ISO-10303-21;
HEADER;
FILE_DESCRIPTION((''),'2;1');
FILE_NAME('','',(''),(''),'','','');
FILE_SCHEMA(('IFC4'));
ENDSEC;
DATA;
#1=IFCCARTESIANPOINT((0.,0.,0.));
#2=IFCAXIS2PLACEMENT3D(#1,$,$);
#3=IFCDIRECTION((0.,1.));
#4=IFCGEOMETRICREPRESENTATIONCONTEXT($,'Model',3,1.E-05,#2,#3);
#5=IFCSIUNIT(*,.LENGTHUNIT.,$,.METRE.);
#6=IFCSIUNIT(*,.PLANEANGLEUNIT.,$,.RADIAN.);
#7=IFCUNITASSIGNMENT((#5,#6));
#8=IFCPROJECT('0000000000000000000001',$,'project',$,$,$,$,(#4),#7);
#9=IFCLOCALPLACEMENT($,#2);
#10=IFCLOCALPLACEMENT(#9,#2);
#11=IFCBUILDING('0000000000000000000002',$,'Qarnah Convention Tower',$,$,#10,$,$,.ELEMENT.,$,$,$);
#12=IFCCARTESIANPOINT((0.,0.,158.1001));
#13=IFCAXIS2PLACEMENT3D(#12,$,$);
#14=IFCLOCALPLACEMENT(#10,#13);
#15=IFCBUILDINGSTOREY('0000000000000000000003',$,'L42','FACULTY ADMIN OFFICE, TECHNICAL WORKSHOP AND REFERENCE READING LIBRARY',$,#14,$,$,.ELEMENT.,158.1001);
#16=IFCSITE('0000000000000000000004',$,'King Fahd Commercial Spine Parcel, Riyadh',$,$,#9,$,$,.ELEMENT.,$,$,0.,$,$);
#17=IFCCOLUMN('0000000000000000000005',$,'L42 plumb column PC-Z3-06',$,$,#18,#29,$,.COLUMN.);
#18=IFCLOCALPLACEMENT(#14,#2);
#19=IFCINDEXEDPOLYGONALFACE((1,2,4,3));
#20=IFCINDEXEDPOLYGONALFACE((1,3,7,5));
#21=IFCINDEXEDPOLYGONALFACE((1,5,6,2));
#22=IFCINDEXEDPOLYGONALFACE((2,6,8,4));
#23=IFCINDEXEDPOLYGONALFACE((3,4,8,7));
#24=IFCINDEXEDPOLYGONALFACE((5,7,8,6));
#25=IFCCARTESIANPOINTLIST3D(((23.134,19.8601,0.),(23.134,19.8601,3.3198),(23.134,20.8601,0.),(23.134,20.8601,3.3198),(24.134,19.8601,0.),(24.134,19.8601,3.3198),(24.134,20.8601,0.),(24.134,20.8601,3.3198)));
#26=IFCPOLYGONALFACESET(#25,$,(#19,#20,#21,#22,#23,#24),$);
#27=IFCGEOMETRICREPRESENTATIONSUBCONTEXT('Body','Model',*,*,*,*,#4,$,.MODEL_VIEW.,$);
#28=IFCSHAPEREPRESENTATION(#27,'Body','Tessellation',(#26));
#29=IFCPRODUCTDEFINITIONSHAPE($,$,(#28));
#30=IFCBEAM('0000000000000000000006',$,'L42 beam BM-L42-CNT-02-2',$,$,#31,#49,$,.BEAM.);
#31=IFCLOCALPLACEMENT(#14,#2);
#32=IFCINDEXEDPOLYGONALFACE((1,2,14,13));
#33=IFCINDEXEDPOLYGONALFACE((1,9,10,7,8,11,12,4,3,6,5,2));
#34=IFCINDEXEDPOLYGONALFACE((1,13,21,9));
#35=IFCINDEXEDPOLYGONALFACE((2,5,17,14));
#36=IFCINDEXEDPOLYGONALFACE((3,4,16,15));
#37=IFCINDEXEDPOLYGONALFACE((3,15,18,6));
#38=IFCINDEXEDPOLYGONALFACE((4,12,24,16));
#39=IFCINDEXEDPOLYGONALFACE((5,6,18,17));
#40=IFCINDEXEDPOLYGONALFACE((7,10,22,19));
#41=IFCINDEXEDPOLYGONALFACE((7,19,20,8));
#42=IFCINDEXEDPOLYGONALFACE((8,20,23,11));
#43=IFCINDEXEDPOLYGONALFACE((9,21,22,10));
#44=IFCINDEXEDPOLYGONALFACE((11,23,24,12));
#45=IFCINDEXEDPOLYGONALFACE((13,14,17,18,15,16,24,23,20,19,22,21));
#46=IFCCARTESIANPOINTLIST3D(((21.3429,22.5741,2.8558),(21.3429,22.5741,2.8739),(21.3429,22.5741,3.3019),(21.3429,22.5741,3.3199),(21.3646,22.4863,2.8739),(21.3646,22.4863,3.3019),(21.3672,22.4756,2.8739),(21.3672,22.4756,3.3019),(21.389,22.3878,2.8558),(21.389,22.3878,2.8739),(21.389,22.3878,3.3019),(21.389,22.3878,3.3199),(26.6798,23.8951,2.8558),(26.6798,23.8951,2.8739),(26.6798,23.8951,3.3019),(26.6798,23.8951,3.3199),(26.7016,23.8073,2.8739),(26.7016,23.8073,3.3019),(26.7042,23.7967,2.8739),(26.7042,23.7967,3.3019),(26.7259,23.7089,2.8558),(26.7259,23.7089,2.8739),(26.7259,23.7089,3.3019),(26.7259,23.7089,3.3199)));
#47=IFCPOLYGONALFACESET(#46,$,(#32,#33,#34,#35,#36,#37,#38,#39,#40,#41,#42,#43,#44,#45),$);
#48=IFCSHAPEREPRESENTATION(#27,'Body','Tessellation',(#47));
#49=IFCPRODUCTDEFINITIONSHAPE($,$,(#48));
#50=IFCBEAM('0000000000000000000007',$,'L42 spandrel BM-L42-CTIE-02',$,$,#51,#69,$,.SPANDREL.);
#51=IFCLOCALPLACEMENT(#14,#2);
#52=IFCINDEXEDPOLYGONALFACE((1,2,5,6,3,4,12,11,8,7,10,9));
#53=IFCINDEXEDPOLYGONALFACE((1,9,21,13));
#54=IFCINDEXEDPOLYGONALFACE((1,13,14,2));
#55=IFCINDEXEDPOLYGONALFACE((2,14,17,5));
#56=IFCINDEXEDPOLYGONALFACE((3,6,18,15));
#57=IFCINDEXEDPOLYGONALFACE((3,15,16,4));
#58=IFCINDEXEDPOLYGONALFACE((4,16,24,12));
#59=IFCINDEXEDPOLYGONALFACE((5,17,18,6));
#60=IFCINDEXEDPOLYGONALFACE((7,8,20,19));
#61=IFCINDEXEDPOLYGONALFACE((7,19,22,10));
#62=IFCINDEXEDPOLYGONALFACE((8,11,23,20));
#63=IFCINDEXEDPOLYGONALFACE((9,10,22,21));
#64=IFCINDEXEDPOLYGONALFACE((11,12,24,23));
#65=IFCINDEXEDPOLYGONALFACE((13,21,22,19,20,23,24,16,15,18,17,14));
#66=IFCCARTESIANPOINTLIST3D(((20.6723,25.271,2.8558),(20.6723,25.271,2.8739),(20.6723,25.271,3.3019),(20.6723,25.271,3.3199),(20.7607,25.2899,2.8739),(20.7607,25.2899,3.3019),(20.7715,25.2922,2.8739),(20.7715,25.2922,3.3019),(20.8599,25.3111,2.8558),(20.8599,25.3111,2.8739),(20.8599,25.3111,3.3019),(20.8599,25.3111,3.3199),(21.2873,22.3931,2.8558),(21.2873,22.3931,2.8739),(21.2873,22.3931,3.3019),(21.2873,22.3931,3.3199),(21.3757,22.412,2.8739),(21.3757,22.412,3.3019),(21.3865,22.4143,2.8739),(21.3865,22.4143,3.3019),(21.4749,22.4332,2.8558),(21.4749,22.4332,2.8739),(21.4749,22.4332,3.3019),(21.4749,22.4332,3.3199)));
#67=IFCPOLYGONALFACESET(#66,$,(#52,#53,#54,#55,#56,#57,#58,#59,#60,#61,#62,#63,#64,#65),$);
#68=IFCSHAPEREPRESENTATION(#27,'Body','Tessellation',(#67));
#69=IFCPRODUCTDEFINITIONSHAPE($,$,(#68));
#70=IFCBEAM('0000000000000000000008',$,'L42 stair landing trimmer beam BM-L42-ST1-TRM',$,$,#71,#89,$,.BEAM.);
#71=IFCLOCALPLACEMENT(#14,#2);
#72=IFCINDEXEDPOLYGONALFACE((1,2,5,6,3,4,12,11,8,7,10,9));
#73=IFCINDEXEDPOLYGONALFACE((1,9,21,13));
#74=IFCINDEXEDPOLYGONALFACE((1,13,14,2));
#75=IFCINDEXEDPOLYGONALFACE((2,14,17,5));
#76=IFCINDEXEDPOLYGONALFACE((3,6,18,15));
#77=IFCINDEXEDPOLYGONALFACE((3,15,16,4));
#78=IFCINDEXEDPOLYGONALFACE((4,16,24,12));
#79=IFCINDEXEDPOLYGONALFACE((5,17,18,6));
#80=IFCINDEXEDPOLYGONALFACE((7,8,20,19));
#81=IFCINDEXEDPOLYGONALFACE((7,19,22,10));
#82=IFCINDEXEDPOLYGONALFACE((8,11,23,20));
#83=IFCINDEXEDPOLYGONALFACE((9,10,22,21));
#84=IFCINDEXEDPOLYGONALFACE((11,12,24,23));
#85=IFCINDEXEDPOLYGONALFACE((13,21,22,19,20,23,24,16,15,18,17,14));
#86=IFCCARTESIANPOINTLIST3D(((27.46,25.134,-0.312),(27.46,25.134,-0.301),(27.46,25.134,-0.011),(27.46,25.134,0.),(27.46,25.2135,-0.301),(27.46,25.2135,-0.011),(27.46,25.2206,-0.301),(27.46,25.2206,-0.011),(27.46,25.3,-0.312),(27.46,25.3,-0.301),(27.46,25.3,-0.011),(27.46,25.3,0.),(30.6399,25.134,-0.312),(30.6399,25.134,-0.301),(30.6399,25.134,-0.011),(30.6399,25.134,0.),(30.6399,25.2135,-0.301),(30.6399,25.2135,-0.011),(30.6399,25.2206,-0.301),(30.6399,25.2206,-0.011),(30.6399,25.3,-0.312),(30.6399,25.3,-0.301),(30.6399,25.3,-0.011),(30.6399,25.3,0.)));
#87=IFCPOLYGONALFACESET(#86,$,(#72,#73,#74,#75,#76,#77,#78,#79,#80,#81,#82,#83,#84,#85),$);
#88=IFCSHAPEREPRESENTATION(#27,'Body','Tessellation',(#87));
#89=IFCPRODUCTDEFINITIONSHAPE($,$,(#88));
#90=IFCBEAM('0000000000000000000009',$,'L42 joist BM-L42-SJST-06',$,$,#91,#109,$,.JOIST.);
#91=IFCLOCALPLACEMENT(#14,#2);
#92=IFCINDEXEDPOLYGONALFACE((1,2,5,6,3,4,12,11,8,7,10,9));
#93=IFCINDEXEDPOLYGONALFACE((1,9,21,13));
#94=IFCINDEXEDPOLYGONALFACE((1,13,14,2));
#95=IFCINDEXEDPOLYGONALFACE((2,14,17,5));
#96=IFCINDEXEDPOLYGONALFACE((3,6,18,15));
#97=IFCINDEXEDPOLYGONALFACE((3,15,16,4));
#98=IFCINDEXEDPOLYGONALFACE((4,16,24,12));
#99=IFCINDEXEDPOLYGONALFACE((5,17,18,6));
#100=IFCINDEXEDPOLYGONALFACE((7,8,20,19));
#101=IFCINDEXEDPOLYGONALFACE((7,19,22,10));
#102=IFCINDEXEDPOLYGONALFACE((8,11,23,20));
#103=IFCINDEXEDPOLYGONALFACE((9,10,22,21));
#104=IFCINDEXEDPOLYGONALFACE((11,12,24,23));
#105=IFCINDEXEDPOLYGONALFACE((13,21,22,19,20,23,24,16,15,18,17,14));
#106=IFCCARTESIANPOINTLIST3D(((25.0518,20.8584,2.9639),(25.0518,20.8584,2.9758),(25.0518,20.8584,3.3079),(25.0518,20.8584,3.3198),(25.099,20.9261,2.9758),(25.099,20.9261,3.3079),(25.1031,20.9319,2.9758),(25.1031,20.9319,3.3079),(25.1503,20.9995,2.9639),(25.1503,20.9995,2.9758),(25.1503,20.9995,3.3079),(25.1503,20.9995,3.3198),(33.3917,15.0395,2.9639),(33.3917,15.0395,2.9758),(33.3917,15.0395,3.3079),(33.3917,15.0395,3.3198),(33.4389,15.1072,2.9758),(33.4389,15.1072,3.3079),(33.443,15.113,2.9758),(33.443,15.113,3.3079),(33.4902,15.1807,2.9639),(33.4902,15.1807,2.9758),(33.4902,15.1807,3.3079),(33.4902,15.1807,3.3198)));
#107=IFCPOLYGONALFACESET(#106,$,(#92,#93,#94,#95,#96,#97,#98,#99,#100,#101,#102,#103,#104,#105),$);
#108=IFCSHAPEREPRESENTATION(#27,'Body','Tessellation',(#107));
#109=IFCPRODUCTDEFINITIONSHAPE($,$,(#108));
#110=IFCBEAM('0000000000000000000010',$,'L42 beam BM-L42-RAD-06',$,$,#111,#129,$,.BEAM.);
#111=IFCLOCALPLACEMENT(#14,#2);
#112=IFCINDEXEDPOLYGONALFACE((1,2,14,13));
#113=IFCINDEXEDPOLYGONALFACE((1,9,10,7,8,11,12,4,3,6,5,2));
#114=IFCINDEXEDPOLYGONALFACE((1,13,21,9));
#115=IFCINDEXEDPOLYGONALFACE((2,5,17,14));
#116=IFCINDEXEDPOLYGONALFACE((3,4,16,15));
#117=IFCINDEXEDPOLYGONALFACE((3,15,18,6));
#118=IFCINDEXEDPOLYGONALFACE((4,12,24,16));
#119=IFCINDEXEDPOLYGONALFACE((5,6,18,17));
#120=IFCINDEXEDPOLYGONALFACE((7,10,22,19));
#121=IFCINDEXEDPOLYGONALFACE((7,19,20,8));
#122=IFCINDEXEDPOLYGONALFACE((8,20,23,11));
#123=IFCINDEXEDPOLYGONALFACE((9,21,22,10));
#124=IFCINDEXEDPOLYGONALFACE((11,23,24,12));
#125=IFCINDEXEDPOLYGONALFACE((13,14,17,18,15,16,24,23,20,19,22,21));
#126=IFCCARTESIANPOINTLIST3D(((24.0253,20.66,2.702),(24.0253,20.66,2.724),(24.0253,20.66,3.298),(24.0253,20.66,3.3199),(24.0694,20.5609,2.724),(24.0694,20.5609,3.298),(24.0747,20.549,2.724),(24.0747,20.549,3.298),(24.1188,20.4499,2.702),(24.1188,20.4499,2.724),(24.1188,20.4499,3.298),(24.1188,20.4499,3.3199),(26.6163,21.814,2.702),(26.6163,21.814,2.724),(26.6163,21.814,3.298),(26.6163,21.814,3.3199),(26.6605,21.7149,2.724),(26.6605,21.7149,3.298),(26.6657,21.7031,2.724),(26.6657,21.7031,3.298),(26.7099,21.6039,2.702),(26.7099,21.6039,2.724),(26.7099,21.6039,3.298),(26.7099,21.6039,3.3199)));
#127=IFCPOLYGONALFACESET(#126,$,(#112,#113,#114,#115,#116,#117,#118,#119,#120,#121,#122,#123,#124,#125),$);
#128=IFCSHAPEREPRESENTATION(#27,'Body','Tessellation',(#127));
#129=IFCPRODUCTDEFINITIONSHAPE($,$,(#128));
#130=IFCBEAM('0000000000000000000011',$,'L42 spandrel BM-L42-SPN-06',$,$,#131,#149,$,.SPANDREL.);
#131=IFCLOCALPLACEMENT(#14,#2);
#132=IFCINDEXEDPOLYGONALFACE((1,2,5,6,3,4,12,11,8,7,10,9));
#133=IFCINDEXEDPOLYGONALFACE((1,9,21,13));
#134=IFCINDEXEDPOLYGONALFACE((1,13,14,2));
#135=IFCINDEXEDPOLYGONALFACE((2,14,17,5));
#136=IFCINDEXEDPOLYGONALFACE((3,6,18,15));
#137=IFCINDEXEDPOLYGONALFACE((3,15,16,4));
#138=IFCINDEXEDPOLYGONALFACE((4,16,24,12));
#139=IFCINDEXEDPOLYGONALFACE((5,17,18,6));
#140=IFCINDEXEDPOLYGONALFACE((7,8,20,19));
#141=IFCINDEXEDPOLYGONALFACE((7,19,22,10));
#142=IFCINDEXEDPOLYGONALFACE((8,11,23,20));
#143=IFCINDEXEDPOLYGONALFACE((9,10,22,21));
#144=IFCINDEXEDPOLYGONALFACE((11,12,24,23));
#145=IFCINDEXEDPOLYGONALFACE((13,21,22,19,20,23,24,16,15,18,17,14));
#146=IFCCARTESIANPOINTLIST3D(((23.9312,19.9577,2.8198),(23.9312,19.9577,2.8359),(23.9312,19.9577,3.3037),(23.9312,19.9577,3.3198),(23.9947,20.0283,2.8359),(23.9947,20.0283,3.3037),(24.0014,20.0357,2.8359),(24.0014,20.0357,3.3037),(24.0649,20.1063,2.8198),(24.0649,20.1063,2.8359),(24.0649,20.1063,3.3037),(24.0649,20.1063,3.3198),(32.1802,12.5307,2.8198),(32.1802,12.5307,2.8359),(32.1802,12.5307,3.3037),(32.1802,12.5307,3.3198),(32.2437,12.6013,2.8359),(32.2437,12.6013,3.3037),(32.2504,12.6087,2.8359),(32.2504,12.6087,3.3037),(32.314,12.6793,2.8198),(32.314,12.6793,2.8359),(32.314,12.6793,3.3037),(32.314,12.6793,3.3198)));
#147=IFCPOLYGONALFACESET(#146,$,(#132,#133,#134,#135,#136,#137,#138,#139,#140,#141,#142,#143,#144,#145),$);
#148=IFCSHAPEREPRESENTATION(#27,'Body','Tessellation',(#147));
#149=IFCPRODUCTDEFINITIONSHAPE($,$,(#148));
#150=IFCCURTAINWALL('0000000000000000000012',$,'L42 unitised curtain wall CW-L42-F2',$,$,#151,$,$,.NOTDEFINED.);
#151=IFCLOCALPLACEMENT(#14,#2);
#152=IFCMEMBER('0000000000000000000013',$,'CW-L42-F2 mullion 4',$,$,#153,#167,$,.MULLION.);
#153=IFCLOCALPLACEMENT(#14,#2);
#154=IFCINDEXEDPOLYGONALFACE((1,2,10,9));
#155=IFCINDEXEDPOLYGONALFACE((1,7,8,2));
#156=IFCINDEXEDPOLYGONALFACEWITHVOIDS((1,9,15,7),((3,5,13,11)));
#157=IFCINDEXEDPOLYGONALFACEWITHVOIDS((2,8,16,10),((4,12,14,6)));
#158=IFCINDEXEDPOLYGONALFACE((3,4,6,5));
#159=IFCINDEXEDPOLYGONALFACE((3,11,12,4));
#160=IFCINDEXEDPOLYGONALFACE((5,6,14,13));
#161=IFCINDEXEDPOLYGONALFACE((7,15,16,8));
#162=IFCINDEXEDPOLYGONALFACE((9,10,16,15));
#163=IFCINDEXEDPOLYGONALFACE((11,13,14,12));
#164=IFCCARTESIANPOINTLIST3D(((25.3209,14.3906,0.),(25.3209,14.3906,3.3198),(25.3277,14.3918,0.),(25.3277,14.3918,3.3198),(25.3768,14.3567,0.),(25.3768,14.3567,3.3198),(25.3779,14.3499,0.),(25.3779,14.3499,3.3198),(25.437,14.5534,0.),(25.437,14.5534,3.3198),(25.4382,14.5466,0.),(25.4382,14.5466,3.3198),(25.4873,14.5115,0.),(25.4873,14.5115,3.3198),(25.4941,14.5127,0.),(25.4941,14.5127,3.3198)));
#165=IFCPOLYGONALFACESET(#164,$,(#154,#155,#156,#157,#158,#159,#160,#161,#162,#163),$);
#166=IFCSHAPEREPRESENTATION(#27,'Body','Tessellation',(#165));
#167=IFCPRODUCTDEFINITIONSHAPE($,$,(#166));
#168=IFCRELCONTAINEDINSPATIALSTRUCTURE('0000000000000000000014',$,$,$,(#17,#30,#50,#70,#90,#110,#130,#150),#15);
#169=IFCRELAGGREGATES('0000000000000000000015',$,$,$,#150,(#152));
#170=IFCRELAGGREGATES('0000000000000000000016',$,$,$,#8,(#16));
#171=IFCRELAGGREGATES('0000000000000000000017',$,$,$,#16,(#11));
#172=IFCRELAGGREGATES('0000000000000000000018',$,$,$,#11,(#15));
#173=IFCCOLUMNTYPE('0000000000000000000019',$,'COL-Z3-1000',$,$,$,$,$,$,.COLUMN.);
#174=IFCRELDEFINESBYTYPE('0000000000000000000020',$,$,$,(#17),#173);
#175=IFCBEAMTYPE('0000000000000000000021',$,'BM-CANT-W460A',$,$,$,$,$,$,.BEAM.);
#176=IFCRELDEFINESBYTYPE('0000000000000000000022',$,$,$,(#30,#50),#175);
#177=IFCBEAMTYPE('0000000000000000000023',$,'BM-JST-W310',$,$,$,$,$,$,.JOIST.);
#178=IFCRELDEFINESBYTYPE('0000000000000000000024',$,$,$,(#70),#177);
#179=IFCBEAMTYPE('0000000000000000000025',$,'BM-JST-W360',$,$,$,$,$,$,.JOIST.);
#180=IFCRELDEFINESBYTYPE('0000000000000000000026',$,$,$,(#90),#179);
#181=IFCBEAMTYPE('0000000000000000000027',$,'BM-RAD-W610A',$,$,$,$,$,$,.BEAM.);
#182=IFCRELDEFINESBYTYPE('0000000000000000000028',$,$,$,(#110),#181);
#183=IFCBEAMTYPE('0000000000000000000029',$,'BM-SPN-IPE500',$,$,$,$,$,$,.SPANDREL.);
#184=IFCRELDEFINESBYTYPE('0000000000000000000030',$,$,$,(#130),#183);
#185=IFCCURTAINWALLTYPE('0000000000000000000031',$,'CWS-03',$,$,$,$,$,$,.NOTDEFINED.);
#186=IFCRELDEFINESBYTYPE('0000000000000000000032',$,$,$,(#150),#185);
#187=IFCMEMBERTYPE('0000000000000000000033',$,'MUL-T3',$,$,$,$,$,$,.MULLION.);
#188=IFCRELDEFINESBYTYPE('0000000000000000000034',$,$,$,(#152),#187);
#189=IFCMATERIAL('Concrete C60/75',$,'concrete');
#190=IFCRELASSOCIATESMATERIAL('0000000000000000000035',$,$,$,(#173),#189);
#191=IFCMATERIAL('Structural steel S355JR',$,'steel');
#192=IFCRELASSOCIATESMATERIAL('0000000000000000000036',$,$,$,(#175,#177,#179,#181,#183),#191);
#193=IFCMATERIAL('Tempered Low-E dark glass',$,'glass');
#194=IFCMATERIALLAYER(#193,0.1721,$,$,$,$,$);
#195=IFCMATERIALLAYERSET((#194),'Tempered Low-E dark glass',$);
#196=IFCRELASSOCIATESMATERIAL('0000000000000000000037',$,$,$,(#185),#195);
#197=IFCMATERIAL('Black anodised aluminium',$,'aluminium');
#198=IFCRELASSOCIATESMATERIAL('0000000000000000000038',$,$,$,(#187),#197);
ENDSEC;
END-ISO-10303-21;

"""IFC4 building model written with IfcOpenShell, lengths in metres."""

from ifc_helpers import new_model, si_unit, direction, frame, origin, origin_2d, place, context, subcontext, project, spatial, rectangle, hollow_rectangle, i_section, extrude, material, layer, layer_set, material_profile, profile_set, type_object, element, aggregate, save


model = new_model("IFC4")

# Units and contexts
model_context = context("Model", 3, precision=1e-05, world=origin(), true_north=direction((0.0, 1.0)))
body_context = subcontext(model_context, "Body", "Model", "MODEL_VIEW")
ifc_project = project(units=[si_unit("LENGTHUNIT", "METRE"), si_unit("PLANEANGLEUNIT", "RADIAN")], contexts=[model_context])

# Site, building, storey
site_placement = place(None, origin())
site = spatial("IfcSite", under=ifc_project, at=site_placement, Name="King Fahd Commercial Spine Parcel, Riyadh", CompositionType="ELEMENT", RefElevation=0.0)
building_placement = place(site_placement, origin())
building = spatial("IfcBuilding", under=site, at=building_placement, Name="Qarnah Convention Tower", CompositionType="ELEMENT")
storey_placement = place(building_placement, frame((0.0, 0.0, 158.1001)))
storey = spatial("IfcBuildingStorey", under=building, at=storey_placement, Name="L42", Description="FACULTY ADMIN OFFICE, TECHNICAL WORKSHOP AND REFERENCE READING LIBRARY", CompositionType="ELEMENT", Elevation=158.1001)

# Column
ifc_material_1 = material(Name="Concrete C60/75", Category="concrete")
ifc_material_profile_1 = material_profile(ifc_material_1, rectangle(XDim=1.0, YDim=1.0, at=origin_2d()), Name="RC-COL-1000X1000")
ifc_profile_set_1 = profile_set([ifc_material_profile_1], Name="Concrete C60/75")
column_type = type_object("IfcColumnType", Name="COL-Z3-1000", PredefinedType="COLUMN", material=ifc_profile_set_1)
column_placement = place(storey_placement, frame((23.634, 20.3601, 0.0), z_axis=(0.0, 0.0, 1.0), x_axis=(1.0, 0.0, 0.0)))
element("IfcColumn", 1, at=column_placement, inside=storey, type_object=column_type, Name="L42 plumb column PC-Z3-06", PredefinedType="COLUMN", context=body_context, shape_type="SweptSolid", body=[
    extrude(rectangle(XDim=1.0, YDim=1.0, at=origin_2d()), origin(), (0.0, 0.0, 1.0), 3.3198),
])

# Beams
ifc_material_2 = material(Name="Structural steel S355JR", Category="steel")
ifc_material_profile_2 = material_profile(ifc_material_2, i_section(OverallWidth=0.1919, OverallDepth=0.4641, WebThickness=0.011, FlangeThickness=0.0181, at=origin_2d()), Name="W460X89")
ifc_profile_set_2 = profile_set([ifc_material_profile_2], Name="Structural steel S355JR")
beam_type_1 = type_object("IfcBeamType", Name="BM-CANT-W460A", PredefinedType="BEAM", material=ifc_profile_set_2)
beam_1_placement = place(storey_placement, frame((26.7029, 23.802, 3.0879), z_axis=(-0.970704, -0.240278, 0.0), x_axis=(0.240278, -0.970704, 0.0)))
element("IfcBeam", 2, at=beam_1_placement, inside=storey, type_object=beam_type_1, Name="L42 beam BM-L42-CNT-02-2", PredefinedType="BEAM", context=body_context, shape_type="SweptSolid", body=[
    extrude(i_section(OverallWidth=0.1919, OverallDepth=0.4641, WebThickness=0.011, FlangeThickness=0.0181, at=origin_2d()), origin(), (0.0, 0.0, 1.0), 5.498),
])
beam_2_placement = place(storey_placement, frame((20.7661, 25.291, 3.0879), z_axis=(0.208974, -0.977921, 0.0), x_axis=(0.977921, 0.208974, 0.0)))
element("IfcBeam", 3, at=beam_2_placement, inside=storey, type_object=beam_type_1, Name="L42 spandrel BM-L42-CTIE-02", PredefinedType="SPANDREL", context=body_context, shape_type="SweptSolid", body=[
    extrude(i_section(OverallWidth=0.1919, OverallDepth=0.4641, WebThickness=0.011, FlangeThickness=0.0181, at=origin_2d()), origin(), (0.0, 0.0, 1.0), 2.9429),
])
ifc_material_profile_3 = material_profile(ifc_material_2, i_section(OverallWidth=0.166, OverallDepth=0.312, WebThickness=0.0071, FlangeThickness=0.011, at=origin_2d()), Name="W310X45")
ifc_profile_set_3 = profile_set([ifc_material_profile_3], Name="Structural steel S355JR")
beam_type_2 = type_object("IfcBeamType", Name="BM-JST-W310", PredefinedType="JOIST", material=ifc_profile_set_3)
beam_3_placement = place(storey_placement, frame((27.46, 25.217, -0.156), z_axis=(1.0, 0.0, 0.0), x_axis=(0.0, 1.0, 0.0)))
element("IfcBeam", 4, at=beam_3_placement, inside=storey, type_object=beam_type_2, Name="L42 stair landing trimmer beam BM-L42-ST1-TRM", PredefinedType="BEAM", context=body_context, shape_type="SweptSolid", body=[
    extrude(i_section(OverallWidth=0.166, OverallDepth=0.312, WebThickness=0.0071, FlangeThickness=0.011, at=origin_2d()), origin(), (0.0, 0.0, 1.0), 3.1799),
])
ifc_material_profile_4 = material_profile(ifc_material_2, i_section(OverallWidth=0.1721, OverallDepth=0.356, WebThickness=0.0071, FlangeThickness=0.012, at=origin_2d()), Name="W360X51")
ifc_profile_set_4 = profile_set([ifc_material_profile_4], Name="Structural steel S355JR")
beam_type_3 = type_object("IfcBeamType", Name="BM-JST-W360", PredefinedType="JOIST", material=ifc_profile_set_4)
beam_4_placement = place(storey_placement, frame((25.1011, 20.929, 3.1418), z_axis=(0.820111, -0.572205, 0.0), x_axis=(0.572205, 0.820111, 0.0)))
element("IfcBeam", 5, at=beam_4_placement, inside=storey, type_object=beam_type_3, Name="L42 joist BM-L42-SJST-06", PredefinedType="JOIST", context=body_context, shape_type="SweptSolid", body=[
    extrude(i_section(OverallWidth=0.1721, OverallDepth=0.356, WebThickness=0.0071, FlangeThickness=0.012, at=origin_2d()), origin(), (0.0, 0.0, 1.0), 10.1692),
])
ifc_material_profile_5 = material_profile(ifc_material_2, i_section(OverallWidth=0.23, OverallDepth=0.6179, WebThickness=0.0129, FlangeThickness=0.022, at=origin_2d()), Name="W610X140")
ifc_profile_set_5 = profile_set([ifc_material_profile_5], Name="Structural steel S355JR")
beam_type_4 = type_object("IfcBeamType", Name="BM-RAD-W610A", PredefinedType="BEAM", material=ifc_profile_set_5)
beam_5_placement = place(storey_placement, frame((26.6631, 21.709, 3.011), z_axis=(-0.913488, -0.406865, 0.0), x_axis=(0.406865, -0.913488, 0.0)))
element("IfcBeam", 6, at=beam_5_placement, inside=storey, type_object=beam_type_4, Name="L42 beam BM-L42-RAD-06", PredefinedType="BEAM", context=body_context, shape_type="SweptSolid", body=[
    extrude(i_section(OverallWidth=0.23, OverallDepth=0.6179, WebThickness=0.0129, FlangeThickness=0.022, at=origin_2d()), origin(), (0.0, 0.0, 1.0), 2.8364),
])
ifc_material_profile_6 = material_profile(ifc_material_2, i_section(OverallWidth=0.2, OverallDepth=0.5, WebThickness=0.01, FlangeThickness=0.0161, at=origin_2d()), Name="IPE500")
ifc_profile_set_6 = profile_set([ifc_material_profile_6], Name="Structural steel S355JR")
beam_type_5 = type_object("IfcBeamType", Name="BM-SPN-IPE500", PredefinedType="SPANDREL", material=ifc_profile_set_6)
beam_6_placement = place(storey_placement, frame((23.998, 20.032, 3.0698), z_axis=(0.743165, -0.669108, 0.0), x_axis=(0.669108, 0.743165, 0.0)))
element("IfcBeam", 7, at=beam_6_placement, inside=storey, type_object=beam_type_5, Name="L42 spandrel BM-L42-SPN-06", PredefinedType="SPANDREL", context=body_context, shape_type="SweptSolid", body=[
    extrude(i_section(OverallWidth=0.2, OverallDepth=0.5, WebThickness=0.01, FlangeThickness=0.0161, at=origin_2d()), origin(), (0.0, 0.0, 1.0), 11.0999),
])

# Curtain wall, member
ifc_material_3 = material(Name="Tempered Low-E dark glass", Category="glass")
ifc_layer_1 = layer(ifc_material_3, 0.1721)
ifc_layer_set_1 = layer_set([ifc_layer_1], Name="Tempered Low-E dark glass")
curtain_wall_type = type_object("IfcCurtainWallType", Name="CWS-03", PredefinedType="NOTDEFINED", material=ifc_layer_set_1)
curtain_wall_placement = place(storey_placement, origin())
curtain_wall = element("IfcCurtainWall", 8, at=curtain_wall_placement, inside=storey, type_object=curtain_wall_type, Name="L42 unitised curtain wall CW-L42-F2", PredefinedType="NOTDEFINED")
ifc_material_4 = material(Name="Black anodised aluminium", Category="aluminium")
ifc_material_profile_7 = material_profile(ifc_material_4, hollow_rectangle(XDim=0.0701, YDim=0.2, WallThickness=0.0049, at=origin_2d()), Name="MUL-70X200")
ifc_profile_set_7 = profile_set([ifc_material_profile_7], Name="Black anodised aluminium")
member_type = type_object("IfcMemberType", Name="MUL-T3", PredefinedType="MULLION", material=ifc_profile_set_7)
member_1_placement = place(storey_placement, frame((25.4075, 14.4517, 0.0), z_axis=(0.0, 0.0, 1.0), x_axis=(-0.813914, 0.580985, 0.0)))
member_1 = element("IfcMember", 9, at=member_1_placement, type_object=member_type, Name="CW-L42-F2 mullion 4", PredefinedType="MULLION", context=body_context, shape_type="SweptSolid", body=[
    extrude(hollow_rectangle(XDim=0.0701, YDim=0.2, WallThickness=0.0049, at=origin_2d()), origin(), (0.0, 0.0, 1.0), 3.3198),
])
aggregate(curtain_wall, [member_1])

save(model, "model.ifc")
